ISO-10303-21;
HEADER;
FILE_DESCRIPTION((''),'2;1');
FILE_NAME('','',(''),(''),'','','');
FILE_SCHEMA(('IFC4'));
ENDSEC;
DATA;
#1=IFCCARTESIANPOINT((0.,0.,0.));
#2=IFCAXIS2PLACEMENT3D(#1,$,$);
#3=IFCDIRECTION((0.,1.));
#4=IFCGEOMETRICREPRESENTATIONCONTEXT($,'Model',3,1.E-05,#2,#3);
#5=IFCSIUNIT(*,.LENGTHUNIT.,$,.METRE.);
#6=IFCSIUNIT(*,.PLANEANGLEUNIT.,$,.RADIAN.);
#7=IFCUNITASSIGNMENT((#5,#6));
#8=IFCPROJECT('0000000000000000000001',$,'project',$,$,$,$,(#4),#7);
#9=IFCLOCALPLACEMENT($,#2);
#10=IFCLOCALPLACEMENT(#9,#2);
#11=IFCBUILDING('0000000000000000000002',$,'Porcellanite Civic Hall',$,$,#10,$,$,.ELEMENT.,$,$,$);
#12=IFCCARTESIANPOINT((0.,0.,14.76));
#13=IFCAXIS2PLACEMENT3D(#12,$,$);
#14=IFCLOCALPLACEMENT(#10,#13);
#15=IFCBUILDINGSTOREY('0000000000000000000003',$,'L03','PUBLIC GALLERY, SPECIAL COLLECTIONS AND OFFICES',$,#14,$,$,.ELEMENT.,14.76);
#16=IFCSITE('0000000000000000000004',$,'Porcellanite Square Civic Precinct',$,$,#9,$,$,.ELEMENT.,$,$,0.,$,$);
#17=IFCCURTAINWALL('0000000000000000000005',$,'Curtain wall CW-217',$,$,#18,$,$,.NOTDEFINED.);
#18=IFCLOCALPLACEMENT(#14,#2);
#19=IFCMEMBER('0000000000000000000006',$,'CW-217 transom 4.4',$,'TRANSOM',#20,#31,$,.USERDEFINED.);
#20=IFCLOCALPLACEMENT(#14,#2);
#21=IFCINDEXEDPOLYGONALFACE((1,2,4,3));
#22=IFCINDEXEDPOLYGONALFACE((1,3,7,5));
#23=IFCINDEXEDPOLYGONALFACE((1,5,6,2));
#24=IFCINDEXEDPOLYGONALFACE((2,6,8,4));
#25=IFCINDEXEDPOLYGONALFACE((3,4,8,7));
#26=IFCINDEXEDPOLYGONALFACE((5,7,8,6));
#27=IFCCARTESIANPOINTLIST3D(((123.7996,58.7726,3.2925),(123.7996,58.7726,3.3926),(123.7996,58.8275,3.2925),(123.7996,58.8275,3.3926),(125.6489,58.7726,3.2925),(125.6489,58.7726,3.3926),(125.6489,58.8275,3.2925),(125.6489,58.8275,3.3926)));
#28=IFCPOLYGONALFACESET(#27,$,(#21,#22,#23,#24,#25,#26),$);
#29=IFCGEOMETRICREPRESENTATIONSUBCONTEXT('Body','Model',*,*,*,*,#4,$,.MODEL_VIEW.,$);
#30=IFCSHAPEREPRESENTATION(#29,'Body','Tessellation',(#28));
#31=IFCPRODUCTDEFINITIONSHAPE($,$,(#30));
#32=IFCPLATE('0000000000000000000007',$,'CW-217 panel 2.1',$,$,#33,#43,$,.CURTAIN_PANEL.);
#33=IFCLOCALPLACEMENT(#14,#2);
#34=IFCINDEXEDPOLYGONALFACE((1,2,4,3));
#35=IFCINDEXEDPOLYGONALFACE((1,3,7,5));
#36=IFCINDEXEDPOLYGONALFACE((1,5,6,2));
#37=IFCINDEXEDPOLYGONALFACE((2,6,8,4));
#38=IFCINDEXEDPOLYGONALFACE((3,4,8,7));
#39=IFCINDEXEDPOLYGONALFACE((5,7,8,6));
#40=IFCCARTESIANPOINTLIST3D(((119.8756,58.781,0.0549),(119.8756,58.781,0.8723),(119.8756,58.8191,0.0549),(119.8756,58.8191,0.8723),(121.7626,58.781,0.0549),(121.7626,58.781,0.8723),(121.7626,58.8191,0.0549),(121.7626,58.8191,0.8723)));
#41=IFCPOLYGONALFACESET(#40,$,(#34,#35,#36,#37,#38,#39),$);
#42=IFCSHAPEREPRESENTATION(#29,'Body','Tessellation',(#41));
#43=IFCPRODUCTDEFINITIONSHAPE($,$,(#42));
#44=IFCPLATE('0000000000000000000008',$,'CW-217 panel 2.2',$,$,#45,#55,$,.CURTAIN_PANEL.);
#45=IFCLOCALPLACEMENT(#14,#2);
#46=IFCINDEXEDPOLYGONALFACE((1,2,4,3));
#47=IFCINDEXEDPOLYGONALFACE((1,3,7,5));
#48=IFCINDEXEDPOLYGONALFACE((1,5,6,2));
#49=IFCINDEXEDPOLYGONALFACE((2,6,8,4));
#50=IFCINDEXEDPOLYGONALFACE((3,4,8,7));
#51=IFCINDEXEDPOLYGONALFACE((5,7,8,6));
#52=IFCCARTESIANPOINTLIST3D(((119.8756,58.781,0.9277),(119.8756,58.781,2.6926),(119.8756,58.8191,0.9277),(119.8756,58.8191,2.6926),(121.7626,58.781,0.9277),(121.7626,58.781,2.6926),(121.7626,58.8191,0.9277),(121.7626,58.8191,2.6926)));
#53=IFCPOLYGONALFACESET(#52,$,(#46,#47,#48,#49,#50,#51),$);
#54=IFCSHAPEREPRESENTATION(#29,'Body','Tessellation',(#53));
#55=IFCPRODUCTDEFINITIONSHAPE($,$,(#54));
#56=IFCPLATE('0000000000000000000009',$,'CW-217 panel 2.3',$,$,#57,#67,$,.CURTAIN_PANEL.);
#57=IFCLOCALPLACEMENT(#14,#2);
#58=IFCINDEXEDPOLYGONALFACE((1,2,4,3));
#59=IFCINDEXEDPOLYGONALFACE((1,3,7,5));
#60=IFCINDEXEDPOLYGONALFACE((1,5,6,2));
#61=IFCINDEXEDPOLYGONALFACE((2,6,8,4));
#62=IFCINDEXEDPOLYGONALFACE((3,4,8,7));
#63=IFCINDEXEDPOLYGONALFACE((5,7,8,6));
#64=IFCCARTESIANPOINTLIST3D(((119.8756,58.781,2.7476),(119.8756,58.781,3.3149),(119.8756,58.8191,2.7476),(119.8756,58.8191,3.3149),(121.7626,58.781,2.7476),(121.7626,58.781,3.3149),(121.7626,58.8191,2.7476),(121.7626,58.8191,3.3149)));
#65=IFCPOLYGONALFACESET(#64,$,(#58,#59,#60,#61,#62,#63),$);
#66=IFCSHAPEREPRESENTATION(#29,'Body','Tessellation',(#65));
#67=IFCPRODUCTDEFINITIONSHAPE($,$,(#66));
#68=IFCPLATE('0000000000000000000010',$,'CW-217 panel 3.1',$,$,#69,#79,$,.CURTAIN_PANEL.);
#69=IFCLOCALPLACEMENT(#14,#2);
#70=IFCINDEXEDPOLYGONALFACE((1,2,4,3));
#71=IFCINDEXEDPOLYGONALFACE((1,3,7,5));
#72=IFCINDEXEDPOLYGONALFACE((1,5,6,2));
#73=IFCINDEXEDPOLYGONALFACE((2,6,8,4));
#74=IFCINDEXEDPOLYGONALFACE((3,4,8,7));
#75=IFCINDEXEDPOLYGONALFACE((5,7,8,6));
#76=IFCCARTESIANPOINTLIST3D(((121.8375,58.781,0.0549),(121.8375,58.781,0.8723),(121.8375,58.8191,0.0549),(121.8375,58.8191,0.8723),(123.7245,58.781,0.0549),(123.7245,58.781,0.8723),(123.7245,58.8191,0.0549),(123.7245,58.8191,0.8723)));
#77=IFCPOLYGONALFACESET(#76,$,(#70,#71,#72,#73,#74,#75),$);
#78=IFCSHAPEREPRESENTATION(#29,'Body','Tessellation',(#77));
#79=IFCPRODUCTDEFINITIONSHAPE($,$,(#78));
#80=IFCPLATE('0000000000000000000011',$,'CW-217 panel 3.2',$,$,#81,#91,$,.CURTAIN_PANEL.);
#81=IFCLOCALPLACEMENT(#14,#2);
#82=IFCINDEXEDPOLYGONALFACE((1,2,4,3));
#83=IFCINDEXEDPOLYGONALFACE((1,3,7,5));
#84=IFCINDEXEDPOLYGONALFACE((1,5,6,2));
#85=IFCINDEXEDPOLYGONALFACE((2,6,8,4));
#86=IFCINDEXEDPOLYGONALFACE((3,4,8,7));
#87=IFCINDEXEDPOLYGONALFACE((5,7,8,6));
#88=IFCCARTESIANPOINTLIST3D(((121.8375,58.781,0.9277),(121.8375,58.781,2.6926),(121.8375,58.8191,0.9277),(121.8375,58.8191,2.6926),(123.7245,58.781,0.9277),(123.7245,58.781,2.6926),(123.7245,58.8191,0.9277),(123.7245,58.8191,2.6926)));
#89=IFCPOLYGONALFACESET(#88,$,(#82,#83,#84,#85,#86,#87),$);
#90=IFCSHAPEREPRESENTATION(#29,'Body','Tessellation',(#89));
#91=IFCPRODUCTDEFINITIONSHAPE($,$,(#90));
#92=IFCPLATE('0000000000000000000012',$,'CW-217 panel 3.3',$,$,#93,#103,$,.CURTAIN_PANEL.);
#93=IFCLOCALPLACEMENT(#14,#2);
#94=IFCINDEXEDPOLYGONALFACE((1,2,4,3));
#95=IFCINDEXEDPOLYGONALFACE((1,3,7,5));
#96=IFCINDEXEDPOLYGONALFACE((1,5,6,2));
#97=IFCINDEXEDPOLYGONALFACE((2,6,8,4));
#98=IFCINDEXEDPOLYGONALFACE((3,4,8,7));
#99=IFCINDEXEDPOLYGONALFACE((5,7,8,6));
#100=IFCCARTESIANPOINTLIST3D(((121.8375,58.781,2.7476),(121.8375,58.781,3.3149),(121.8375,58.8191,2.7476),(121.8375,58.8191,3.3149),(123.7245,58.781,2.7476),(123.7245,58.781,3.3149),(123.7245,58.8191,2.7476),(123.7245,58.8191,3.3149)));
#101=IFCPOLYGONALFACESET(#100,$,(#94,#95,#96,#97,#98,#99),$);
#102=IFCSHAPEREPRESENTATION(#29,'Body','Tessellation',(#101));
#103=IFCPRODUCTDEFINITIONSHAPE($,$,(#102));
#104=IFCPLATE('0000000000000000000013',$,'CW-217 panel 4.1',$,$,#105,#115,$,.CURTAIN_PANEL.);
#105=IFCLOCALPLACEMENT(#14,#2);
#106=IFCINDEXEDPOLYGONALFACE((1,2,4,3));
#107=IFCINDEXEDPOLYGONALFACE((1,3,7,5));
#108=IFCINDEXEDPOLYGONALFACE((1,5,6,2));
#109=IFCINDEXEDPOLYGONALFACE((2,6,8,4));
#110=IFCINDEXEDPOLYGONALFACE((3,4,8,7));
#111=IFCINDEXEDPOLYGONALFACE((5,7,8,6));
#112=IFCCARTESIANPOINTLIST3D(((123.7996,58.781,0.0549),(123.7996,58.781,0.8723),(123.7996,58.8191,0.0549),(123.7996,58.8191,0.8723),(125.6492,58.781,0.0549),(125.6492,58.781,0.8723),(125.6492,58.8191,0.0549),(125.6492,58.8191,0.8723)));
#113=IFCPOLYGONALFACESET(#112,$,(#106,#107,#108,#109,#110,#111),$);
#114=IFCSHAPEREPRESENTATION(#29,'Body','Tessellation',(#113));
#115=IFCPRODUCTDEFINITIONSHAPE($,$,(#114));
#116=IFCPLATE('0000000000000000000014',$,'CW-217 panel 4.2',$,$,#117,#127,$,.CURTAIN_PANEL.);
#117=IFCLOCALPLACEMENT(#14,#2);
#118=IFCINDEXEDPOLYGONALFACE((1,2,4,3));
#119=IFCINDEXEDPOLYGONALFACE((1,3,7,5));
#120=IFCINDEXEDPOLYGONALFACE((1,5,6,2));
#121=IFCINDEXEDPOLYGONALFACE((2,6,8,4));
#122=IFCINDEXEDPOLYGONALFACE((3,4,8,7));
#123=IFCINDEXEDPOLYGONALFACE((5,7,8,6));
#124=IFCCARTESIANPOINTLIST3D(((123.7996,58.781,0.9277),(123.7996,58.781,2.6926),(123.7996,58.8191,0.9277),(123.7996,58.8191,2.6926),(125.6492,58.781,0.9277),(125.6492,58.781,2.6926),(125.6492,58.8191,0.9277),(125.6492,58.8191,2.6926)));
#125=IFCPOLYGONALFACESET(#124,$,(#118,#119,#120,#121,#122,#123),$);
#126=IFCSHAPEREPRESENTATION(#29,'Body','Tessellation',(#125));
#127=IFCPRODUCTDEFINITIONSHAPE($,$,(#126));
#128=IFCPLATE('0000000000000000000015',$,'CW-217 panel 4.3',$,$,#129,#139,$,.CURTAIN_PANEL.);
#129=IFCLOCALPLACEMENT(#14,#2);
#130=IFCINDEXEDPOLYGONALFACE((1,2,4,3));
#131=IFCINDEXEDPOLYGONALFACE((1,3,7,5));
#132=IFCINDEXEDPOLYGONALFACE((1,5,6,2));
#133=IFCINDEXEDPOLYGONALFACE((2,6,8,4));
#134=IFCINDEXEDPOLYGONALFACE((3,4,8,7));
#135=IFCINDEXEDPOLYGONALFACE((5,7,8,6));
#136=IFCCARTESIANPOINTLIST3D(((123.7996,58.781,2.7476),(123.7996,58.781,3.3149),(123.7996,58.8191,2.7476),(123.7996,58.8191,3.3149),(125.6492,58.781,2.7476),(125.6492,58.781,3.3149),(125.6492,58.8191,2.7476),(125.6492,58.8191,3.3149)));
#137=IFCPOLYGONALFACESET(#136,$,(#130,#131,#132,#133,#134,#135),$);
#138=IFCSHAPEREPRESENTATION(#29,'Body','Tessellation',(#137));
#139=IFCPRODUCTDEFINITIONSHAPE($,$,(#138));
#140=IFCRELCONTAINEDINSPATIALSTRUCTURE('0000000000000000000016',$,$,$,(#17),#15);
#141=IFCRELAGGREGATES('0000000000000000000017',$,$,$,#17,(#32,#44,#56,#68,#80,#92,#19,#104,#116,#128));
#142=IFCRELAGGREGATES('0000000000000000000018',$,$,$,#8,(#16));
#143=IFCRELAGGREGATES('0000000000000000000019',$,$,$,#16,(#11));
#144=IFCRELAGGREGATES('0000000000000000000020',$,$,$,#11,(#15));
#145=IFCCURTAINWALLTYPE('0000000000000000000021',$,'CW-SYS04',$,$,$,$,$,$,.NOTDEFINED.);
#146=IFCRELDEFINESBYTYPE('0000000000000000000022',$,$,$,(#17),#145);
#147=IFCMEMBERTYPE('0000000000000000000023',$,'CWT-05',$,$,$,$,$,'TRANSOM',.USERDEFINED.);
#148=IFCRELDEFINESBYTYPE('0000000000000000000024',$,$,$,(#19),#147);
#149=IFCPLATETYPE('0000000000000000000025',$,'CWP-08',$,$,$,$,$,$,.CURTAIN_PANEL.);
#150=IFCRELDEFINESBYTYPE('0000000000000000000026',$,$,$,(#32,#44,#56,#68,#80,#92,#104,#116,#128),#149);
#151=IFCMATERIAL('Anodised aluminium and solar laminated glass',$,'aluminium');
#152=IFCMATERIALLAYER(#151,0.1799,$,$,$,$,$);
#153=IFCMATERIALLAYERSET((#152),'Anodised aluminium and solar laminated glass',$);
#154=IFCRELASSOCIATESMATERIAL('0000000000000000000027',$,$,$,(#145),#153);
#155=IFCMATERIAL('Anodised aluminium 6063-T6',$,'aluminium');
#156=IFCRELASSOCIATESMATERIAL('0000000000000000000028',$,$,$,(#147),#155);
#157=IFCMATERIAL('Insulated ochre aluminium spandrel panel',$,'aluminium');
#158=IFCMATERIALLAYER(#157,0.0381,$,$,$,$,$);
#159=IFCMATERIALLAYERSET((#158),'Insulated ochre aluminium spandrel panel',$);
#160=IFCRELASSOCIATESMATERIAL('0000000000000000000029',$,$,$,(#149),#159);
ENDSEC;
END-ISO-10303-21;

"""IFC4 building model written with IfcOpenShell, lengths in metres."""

from ifc_helpers import new_model, si_unit, direction, frame, origin, origin_2d, place, context, subcontext, project, spatial, rectangle, extrude, material, layer, layer_set, material_profile, profile_set, type_object, element, aggregate, save


model = new_model("IFC4")

# Units and contexts
model_context = context("Model", 3, precision=1e-05, world=origin(), true_north=direction((0.0, 1.0)))
body_context = subcontext(model_context, "Body", "Model", "MODEL_VIEW")
ifc_project = project(units=[si_unit("LENGTHUNIT", "METRE"), si_unit("PLANEANGLEUNIT", "RADIAN")], contexts=[model_context])

# Site, building, storey
site_placement = place(None, origin())
site = spatial("IfcSite", under=ifc_project, at=site_placement, Name="Porcellanite Square Civic Precinct", CompositionType="ELEMENT", RefElevation=0.0)
building_placement = place(site_placement, origin())
building = spatial("IfcBuilding", under=site, at=building_placement, Name="Porcellanite Civic Hall", CompositionType="ELEMENT")
storey_placement = place(building_placement, frame((0.0, 0.0, 14.76)))
storey = spatial("IfcBuildingStorey", under=building, at=storey_placement, Name="L03", Description="PUBLIC GALLERY, SPECIAL COLLECTIONS AND OFFICES", CompositionType="ELEMENT", Elevation=14.76)

# Curtain wall, member, plates
ifc_material_1 = material(Name="Anodised aluminium and solar laminated glass", Category="aluminium")
ifc_layer_1 = layer(ifc_material_1, 0.1799)
ifc_layer_set_1 = layer_set([ifc_layer_1], Name="Anodised aluminium and solar laminated glass")
curtain_wall_type = type_object("IfcCurtainWallType", Name="CW-SYS04", PredefinedType="NOTDEFINED", material=ifc_layer_set_1)
curtain_wall_placement = place(storey_placement, origin())
curtain_wall = element("IfcCurtainWall", 1, at=curtain_wall_placement, inside=storey, type_object=curtain_wall_type, Name="Curtain wall CW-217", PredefinedType="NOTDEFINED")
ifc_material_2 = material(Name="Anodised aluminium 6063-T6", Category="aluminium")
ifc_material_profile_1 = material_profile(ifc_material_2, rectangle(XDim=0.0549, YDim=0.1001, at=origin_2d()), Name="AL-55x100")
ifc_profile_set_1 = profile_set([ifc_material_profile_1], Name="Anodised aluminium 6063-T6")
member_type_1 = type_object("IfcMemberType", Name="CWT-05", ElementType="TRANSOM", PredefinedType="USERDEFINED", material=ifc_profile_set_1)
member_1_placement = place(storey_placement, frame((123.7996, 58.8, 3.3425), z_axis=(1.0, 0.0, 0.0), x_axis=(0.0, 1.0, 0.0)))
member_1 = element("IfcMember", 2, at=member_1_placement, type_object=member_type_1, Name="CW-217 transom 4.4", ObjectType="TRANSOM", PredefinedType="USERDEFINED", context=body_context, shape_type="SweptSolid", body=[
    extrude(rectangle(XDim=0.0549, YDim=0.1001, at=origin_2d()), origin(), (0.0, 0.0, 1.0), 1.8494),
])
ifc_material_3 = material(Name="Insulated ochre aluminium spandrel panel", Category="aluminium")
ifc_layer_2 = layer(ifc_material_3, 0.0381)
ifc_layer_set_2 = layer_set([ifc_layer_2], Name="Insulated ochre aluminium spandrel panel")
plate_type = type_object("IfcPlateType", Name="CWP-08", PredefinedType="CURTAIN_PANEL", material=ifc_layer_set_2)
plate_1_placement = place(storey_placement, frame((120.8191, 58.8, 0.0549), z_axis=(0.0, 0.0, 1.0), x_axis=(1.0, 0.0, 0.0)))
plate_1 = element("IfcPlate", 3, at=plate_1_placement, type_object=plate_type, Name="CW-217 panel 2.1", PredefinedType="CURTAIN_PANEL", context=body_context, shape_type="SweptSolid", body=[
    extrude(rectangle(XDim=1.887, YDim=0.0381, at=origin_2d()), origin(), (0.0, 0.0, 1.0), 0.8174),
])
plate_2_placement = place(storey_placement, frame((120.8191, 58.8, 0.9277), z_axis=(0.0, 0.0, 1.0), x_axis=(1.0, 0.0, 0.0)))
plate_2 = element("IfcPlate", 4, at=plate_2_placement, type_object=plate_type, Name="CW-217 panel 2.2", PredefinedType="CURTAIN_PANEL", context=body_context, shape_type="SweptSolid", body=[
    extrude(rectangle(XDim=1.887, YDim=0.0381, at=origin_2d()), origin(), (0.0, 0.0, 1.0), 1.7649),
])
plate_3_placement = place(storey_placement, frame((120.8191, 58.8, 2.7476), z_axis=(0.0, 0.0, 1.0), x_axis=(1.0, 0.0, 0.0)))
plate_3 = element("IfcPlate", 5, at=plate_3_placement, type_object=plate_type, Name="CW-217 panel 2.3", PredefinedType="CURTAIN_PANEL", context=body_context, shape_type="SweptSolid", body=[
    extrude(rectangle(XDim=1.887, YDim=0.0381, at=origin_2d()), origin(), (0.0, 0.0, 1.0), 0.5674),
])
plate_4_placement = place(storey_placement, frame((122.781, 58.8, 0.0549), z_axis=(0.0, 0.0, 1.0), x_axis=(1.0, 0.0, 0.0)))
plate_4 = element("IfcPlate", 6, at=plate_4_placement, type_object=plate_type, Name="CW-217 panel 3.1", PredefinedType="CURTAIN_PANEL", context=body_context, shape_type="SweptSolid", body=[
    extrude(rectangle(XDim=1.887, YDim=0.0381, at=origin_2d()), origin(), (0.0, 0.0, 1.0), 0.8174),
])
plate_5_placement = place(storey_placement, frame((122.781, 58.8, 0.9277), z_axis=(0.0, 0.0, 1.0), x_axis=(1.0, 0.0, 0.0)))
plate_5 = element("IfcPlate", 7, at=plate_5_placement, type_object=plate_type, Name="CW-217 panel 3.2", PredefinedType="CURTAIN_PANEL", context=body_context, shape_type="SweptSolid", body=[
    extrude(rectangle(XDim=1.887, YDim=0.0381, at=origin_2d()), origin(), (0.0, 0.0, 1.0), 1.7649),
])
plate_6_placement = place(storey_placement, frame((122.781, 58.8, 2.7476), z_axis=(0.0, 0.0, 1.0), x_axis=(1.0, 0.0, 0.0)))
plate_6 = element("IfcPlate", 8, at=plate_6_placement, type_object=plate_type, Name="CW-217 panel 3.3", PredefinedType="CURTAIN_PANEL", context=body_context, shape_type="SweptSolid", body=[
    extrude(rectangle(XDim=1.887, YDim=0.0381, at=origin_2d()), origin(), (0.0, 0.0, 1.0), 0.5674),
])
plate_7_placement = place(storey_placement, frame((124.7244, 58.8, 0.0549), z_axis=(0.0, 0.0, 1.0), x_axis=(1.0, 0.0, 0.0)))
plate_7 = element("IfcPlate", 9, at=plate_7_placement, type_object=plate_type, Name="CW-217 panel 4.1", PredefinedType="CURTAIN_PANEL", context=body_context, shape_type="SweptSolid", body=[
    extrude(rectangle(XDim=1.8496, YDim=0.0381, at=origin_2d()), origin(), (0.0, 0.0, 1.0), 0.8174),
])
plate_8_placement = place(storey_placement, frame((124.7244, 58.8, 0.9277), z_axis=(0.0, 0.0, 1.0), x_axis=(1.0, 0.0, 0.0)))
plate_8 = element("IfcPlate", 10, at=plate_8_placement, type_object=plate_type, Name="CW-217 panel 4.2", PredefinedType="CURTAIN_PANEL", context=body_context, shape_type="SweptSolid", body=[
    extrude(rectangle(XDim=1.8496, YDim=0.0381, at=origin_2d()), origin(), (0.0, 0.0, 1.0), 1.7649),
])
plate_9_placement = place(storey_placement, frame((124.7244, 58.8, 2.7476), z_axis=(0.0, 0.0, 1.0), x_axis=(1.0, 0.0, 0.0)))
plate_9 = element("IfcPlate", 11, at=plate_9_placement, type_object=plate_type, Name="CW-217 panel 4.3", PredefinedType="CURTAIN_PANEL", context=body_context, shape_type="SweptSolid", body=[
    extrude(rectangle(XDim=1.8496, YDim=0.0381, at=origin_2d()), origin(), (0.0, 0.0, 1.0), 0.5674),
])
aggregate(curtain_wall, [plate_1, plate_2, plate_3, plate_4, plate_5, plate_6, member_1, plate_7, plate_8, plate_9])

save(model, "model.ifc")
